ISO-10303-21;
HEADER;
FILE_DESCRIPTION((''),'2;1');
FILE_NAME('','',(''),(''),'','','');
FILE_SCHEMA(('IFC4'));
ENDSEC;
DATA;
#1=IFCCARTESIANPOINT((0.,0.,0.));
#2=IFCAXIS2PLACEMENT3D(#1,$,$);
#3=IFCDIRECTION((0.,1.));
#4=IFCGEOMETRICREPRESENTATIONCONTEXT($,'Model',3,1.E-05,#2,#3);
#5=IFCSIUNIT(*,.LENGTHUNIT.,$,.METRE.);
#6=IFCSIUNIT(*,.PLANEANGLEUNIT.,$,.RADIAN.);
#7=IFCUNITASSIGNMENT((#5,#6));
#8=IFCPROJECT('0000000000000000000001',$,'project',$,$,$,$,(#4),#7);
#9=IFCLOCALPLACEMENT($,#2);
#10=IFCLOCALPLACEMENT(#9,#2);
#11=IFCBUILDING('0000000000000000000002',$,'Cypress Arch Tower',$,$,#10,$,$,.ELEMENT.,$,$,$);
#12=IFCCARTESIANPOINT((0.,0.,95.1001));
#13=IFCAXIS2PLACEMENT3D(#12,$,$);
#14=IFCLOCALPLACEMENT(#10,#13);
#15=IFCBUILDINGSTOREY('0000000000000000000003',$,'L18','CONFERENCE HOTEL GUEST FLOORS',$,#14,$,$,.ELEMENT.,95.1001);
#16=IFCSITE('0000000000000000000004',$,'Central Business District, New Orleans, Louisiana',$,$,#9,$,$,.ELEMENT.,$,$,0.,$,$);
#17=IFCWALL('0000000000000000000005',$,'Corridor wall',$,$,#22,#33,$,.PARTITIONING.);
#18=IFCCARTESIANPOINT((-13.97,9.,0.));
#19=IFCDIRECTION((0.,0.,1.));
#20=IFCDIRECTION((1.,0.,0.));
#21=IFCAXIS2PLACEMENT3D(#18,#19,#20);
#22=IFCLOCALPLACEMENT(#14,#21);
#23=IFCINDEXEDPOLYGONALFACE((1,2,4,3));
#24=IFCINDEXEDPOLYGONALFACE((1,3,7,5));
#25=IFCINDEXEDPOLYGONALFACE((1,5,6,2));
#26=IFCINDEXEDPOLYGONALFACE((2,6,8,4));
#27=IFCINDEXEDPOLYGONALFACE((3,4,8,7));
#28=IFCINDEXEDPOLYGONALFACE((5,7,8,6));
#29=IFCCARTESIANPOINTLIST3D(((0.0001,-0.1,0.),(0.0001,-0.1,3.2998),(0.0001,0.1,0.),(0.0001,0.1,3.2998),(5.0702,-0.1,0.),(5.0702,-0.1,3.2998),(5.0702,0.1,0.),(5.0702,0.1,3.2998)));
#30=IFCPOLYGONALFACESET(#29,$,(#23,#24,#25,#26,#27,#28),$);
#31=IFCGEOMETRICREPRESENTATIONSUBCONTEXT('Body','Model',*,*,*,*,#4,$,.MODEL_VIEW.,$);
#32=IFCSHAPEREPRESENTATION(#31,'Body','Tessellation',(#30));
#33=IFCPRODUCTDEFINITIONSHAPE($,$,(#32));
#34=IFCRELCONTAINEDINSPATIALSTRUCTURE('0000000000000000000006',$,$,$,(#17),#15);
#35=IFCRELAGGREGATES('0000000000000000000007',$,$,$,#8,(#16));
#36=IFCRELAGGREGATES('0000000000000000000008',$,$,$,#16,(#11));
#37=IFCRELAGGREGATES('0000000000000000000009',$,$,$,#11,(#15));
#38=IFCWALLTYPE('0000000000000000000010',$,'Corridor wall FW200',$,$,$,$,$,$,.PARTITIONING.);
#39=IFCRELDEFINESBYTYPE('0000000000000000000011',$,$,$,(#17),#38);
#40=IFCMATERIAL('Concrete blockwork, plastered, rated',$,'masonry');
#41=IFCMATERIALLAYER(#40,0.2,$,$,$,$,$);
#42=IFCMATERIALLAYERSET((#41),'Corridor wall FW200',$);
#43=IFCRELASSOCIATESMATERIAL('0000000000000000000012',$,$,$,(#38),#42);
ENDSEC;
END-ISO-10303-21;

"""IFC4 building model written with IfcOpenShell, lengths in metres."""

from ifc_helpers import new_model, si_unit, direction, frame, frame_2d, origin, place, context, subcontext, project, spatial, rectangle, extrude, material, layer, layer_set, type_object, element, save


model = new_model("IFC4")

# Units and contexts
model_context = context("Model", 3, precision=1e-05, world=origin(), true_north=direction((0.0, 1.0)))
body_context = subcontext(model_context, "Body", "Model", "MODEL_VIEW")
ifc_project = project(units=[si_unit("LENGTHUNIT", "METRE"), si_unit("PLANEANGLEUNIT", "RADIAN")], contexts=[model_context])

# Site, building, storey
site_placement = place(None, origin())
site = spatial("IfcSite", under=ifc_project, at=site_placement, Name="Central Business District, New Orleans, Louisiana", CompositionType="ELEMENT", RefElevation=0.0)
building_placement = place(site_placement, origin())
building = spatial("IfcBuilding", under=site, at=building_placement, Name="Cypress Arch Tower", CompositionType="ELEMENT")
storey_placement = place(building_placement, frame((0.0, 0.0, 95.1001)))
storey = spatial("IfcBuildingStorey", under=building, at=storey_placement, Name="L18", Description="CONFERENCE HOTEL GUEST FLOORS", CompositionType="ELEMENT", Elevation=95.1001)

# Shared definitions
ifc_material_1 = material(Name="Concrete blockwork, plastered, rated", Category="masonry")
ifc_layer_1 = layer(ifc_material_1, 0.2)
ifc_layer_set_1 = layer_set([ifc_layer_1], Name="Corridor wall FW200")
wall_type_1 = type_object("IfcWallType", Name="Corridor wall FW200", PredefinedType="PARTITIONING", material=ifc_layer_set_1)

# Wall
wall_1_placement = place(storey_placement, frame((-13.97, 9.0, 0.0), z_axis=(0.0, 0.0, 1.0), x_axis=(1.0, 0.0, 0.0)))
element("IfcWall", 1, at=wall_1_placement, inside=storey, type_object=wall_type_1, Name="Corridor wall", PredefinedType="PARTITIONING", context=body_context, shape_type="SweptSolid", body=[
    extrude(rectangle(XDim=5.0701, YDim=0.2, at=frame_2d((2.5352, 0.0))), origin(), (0.0, 0.0, 1.0), 3.2998),
])

save(model, "model.ifc")
